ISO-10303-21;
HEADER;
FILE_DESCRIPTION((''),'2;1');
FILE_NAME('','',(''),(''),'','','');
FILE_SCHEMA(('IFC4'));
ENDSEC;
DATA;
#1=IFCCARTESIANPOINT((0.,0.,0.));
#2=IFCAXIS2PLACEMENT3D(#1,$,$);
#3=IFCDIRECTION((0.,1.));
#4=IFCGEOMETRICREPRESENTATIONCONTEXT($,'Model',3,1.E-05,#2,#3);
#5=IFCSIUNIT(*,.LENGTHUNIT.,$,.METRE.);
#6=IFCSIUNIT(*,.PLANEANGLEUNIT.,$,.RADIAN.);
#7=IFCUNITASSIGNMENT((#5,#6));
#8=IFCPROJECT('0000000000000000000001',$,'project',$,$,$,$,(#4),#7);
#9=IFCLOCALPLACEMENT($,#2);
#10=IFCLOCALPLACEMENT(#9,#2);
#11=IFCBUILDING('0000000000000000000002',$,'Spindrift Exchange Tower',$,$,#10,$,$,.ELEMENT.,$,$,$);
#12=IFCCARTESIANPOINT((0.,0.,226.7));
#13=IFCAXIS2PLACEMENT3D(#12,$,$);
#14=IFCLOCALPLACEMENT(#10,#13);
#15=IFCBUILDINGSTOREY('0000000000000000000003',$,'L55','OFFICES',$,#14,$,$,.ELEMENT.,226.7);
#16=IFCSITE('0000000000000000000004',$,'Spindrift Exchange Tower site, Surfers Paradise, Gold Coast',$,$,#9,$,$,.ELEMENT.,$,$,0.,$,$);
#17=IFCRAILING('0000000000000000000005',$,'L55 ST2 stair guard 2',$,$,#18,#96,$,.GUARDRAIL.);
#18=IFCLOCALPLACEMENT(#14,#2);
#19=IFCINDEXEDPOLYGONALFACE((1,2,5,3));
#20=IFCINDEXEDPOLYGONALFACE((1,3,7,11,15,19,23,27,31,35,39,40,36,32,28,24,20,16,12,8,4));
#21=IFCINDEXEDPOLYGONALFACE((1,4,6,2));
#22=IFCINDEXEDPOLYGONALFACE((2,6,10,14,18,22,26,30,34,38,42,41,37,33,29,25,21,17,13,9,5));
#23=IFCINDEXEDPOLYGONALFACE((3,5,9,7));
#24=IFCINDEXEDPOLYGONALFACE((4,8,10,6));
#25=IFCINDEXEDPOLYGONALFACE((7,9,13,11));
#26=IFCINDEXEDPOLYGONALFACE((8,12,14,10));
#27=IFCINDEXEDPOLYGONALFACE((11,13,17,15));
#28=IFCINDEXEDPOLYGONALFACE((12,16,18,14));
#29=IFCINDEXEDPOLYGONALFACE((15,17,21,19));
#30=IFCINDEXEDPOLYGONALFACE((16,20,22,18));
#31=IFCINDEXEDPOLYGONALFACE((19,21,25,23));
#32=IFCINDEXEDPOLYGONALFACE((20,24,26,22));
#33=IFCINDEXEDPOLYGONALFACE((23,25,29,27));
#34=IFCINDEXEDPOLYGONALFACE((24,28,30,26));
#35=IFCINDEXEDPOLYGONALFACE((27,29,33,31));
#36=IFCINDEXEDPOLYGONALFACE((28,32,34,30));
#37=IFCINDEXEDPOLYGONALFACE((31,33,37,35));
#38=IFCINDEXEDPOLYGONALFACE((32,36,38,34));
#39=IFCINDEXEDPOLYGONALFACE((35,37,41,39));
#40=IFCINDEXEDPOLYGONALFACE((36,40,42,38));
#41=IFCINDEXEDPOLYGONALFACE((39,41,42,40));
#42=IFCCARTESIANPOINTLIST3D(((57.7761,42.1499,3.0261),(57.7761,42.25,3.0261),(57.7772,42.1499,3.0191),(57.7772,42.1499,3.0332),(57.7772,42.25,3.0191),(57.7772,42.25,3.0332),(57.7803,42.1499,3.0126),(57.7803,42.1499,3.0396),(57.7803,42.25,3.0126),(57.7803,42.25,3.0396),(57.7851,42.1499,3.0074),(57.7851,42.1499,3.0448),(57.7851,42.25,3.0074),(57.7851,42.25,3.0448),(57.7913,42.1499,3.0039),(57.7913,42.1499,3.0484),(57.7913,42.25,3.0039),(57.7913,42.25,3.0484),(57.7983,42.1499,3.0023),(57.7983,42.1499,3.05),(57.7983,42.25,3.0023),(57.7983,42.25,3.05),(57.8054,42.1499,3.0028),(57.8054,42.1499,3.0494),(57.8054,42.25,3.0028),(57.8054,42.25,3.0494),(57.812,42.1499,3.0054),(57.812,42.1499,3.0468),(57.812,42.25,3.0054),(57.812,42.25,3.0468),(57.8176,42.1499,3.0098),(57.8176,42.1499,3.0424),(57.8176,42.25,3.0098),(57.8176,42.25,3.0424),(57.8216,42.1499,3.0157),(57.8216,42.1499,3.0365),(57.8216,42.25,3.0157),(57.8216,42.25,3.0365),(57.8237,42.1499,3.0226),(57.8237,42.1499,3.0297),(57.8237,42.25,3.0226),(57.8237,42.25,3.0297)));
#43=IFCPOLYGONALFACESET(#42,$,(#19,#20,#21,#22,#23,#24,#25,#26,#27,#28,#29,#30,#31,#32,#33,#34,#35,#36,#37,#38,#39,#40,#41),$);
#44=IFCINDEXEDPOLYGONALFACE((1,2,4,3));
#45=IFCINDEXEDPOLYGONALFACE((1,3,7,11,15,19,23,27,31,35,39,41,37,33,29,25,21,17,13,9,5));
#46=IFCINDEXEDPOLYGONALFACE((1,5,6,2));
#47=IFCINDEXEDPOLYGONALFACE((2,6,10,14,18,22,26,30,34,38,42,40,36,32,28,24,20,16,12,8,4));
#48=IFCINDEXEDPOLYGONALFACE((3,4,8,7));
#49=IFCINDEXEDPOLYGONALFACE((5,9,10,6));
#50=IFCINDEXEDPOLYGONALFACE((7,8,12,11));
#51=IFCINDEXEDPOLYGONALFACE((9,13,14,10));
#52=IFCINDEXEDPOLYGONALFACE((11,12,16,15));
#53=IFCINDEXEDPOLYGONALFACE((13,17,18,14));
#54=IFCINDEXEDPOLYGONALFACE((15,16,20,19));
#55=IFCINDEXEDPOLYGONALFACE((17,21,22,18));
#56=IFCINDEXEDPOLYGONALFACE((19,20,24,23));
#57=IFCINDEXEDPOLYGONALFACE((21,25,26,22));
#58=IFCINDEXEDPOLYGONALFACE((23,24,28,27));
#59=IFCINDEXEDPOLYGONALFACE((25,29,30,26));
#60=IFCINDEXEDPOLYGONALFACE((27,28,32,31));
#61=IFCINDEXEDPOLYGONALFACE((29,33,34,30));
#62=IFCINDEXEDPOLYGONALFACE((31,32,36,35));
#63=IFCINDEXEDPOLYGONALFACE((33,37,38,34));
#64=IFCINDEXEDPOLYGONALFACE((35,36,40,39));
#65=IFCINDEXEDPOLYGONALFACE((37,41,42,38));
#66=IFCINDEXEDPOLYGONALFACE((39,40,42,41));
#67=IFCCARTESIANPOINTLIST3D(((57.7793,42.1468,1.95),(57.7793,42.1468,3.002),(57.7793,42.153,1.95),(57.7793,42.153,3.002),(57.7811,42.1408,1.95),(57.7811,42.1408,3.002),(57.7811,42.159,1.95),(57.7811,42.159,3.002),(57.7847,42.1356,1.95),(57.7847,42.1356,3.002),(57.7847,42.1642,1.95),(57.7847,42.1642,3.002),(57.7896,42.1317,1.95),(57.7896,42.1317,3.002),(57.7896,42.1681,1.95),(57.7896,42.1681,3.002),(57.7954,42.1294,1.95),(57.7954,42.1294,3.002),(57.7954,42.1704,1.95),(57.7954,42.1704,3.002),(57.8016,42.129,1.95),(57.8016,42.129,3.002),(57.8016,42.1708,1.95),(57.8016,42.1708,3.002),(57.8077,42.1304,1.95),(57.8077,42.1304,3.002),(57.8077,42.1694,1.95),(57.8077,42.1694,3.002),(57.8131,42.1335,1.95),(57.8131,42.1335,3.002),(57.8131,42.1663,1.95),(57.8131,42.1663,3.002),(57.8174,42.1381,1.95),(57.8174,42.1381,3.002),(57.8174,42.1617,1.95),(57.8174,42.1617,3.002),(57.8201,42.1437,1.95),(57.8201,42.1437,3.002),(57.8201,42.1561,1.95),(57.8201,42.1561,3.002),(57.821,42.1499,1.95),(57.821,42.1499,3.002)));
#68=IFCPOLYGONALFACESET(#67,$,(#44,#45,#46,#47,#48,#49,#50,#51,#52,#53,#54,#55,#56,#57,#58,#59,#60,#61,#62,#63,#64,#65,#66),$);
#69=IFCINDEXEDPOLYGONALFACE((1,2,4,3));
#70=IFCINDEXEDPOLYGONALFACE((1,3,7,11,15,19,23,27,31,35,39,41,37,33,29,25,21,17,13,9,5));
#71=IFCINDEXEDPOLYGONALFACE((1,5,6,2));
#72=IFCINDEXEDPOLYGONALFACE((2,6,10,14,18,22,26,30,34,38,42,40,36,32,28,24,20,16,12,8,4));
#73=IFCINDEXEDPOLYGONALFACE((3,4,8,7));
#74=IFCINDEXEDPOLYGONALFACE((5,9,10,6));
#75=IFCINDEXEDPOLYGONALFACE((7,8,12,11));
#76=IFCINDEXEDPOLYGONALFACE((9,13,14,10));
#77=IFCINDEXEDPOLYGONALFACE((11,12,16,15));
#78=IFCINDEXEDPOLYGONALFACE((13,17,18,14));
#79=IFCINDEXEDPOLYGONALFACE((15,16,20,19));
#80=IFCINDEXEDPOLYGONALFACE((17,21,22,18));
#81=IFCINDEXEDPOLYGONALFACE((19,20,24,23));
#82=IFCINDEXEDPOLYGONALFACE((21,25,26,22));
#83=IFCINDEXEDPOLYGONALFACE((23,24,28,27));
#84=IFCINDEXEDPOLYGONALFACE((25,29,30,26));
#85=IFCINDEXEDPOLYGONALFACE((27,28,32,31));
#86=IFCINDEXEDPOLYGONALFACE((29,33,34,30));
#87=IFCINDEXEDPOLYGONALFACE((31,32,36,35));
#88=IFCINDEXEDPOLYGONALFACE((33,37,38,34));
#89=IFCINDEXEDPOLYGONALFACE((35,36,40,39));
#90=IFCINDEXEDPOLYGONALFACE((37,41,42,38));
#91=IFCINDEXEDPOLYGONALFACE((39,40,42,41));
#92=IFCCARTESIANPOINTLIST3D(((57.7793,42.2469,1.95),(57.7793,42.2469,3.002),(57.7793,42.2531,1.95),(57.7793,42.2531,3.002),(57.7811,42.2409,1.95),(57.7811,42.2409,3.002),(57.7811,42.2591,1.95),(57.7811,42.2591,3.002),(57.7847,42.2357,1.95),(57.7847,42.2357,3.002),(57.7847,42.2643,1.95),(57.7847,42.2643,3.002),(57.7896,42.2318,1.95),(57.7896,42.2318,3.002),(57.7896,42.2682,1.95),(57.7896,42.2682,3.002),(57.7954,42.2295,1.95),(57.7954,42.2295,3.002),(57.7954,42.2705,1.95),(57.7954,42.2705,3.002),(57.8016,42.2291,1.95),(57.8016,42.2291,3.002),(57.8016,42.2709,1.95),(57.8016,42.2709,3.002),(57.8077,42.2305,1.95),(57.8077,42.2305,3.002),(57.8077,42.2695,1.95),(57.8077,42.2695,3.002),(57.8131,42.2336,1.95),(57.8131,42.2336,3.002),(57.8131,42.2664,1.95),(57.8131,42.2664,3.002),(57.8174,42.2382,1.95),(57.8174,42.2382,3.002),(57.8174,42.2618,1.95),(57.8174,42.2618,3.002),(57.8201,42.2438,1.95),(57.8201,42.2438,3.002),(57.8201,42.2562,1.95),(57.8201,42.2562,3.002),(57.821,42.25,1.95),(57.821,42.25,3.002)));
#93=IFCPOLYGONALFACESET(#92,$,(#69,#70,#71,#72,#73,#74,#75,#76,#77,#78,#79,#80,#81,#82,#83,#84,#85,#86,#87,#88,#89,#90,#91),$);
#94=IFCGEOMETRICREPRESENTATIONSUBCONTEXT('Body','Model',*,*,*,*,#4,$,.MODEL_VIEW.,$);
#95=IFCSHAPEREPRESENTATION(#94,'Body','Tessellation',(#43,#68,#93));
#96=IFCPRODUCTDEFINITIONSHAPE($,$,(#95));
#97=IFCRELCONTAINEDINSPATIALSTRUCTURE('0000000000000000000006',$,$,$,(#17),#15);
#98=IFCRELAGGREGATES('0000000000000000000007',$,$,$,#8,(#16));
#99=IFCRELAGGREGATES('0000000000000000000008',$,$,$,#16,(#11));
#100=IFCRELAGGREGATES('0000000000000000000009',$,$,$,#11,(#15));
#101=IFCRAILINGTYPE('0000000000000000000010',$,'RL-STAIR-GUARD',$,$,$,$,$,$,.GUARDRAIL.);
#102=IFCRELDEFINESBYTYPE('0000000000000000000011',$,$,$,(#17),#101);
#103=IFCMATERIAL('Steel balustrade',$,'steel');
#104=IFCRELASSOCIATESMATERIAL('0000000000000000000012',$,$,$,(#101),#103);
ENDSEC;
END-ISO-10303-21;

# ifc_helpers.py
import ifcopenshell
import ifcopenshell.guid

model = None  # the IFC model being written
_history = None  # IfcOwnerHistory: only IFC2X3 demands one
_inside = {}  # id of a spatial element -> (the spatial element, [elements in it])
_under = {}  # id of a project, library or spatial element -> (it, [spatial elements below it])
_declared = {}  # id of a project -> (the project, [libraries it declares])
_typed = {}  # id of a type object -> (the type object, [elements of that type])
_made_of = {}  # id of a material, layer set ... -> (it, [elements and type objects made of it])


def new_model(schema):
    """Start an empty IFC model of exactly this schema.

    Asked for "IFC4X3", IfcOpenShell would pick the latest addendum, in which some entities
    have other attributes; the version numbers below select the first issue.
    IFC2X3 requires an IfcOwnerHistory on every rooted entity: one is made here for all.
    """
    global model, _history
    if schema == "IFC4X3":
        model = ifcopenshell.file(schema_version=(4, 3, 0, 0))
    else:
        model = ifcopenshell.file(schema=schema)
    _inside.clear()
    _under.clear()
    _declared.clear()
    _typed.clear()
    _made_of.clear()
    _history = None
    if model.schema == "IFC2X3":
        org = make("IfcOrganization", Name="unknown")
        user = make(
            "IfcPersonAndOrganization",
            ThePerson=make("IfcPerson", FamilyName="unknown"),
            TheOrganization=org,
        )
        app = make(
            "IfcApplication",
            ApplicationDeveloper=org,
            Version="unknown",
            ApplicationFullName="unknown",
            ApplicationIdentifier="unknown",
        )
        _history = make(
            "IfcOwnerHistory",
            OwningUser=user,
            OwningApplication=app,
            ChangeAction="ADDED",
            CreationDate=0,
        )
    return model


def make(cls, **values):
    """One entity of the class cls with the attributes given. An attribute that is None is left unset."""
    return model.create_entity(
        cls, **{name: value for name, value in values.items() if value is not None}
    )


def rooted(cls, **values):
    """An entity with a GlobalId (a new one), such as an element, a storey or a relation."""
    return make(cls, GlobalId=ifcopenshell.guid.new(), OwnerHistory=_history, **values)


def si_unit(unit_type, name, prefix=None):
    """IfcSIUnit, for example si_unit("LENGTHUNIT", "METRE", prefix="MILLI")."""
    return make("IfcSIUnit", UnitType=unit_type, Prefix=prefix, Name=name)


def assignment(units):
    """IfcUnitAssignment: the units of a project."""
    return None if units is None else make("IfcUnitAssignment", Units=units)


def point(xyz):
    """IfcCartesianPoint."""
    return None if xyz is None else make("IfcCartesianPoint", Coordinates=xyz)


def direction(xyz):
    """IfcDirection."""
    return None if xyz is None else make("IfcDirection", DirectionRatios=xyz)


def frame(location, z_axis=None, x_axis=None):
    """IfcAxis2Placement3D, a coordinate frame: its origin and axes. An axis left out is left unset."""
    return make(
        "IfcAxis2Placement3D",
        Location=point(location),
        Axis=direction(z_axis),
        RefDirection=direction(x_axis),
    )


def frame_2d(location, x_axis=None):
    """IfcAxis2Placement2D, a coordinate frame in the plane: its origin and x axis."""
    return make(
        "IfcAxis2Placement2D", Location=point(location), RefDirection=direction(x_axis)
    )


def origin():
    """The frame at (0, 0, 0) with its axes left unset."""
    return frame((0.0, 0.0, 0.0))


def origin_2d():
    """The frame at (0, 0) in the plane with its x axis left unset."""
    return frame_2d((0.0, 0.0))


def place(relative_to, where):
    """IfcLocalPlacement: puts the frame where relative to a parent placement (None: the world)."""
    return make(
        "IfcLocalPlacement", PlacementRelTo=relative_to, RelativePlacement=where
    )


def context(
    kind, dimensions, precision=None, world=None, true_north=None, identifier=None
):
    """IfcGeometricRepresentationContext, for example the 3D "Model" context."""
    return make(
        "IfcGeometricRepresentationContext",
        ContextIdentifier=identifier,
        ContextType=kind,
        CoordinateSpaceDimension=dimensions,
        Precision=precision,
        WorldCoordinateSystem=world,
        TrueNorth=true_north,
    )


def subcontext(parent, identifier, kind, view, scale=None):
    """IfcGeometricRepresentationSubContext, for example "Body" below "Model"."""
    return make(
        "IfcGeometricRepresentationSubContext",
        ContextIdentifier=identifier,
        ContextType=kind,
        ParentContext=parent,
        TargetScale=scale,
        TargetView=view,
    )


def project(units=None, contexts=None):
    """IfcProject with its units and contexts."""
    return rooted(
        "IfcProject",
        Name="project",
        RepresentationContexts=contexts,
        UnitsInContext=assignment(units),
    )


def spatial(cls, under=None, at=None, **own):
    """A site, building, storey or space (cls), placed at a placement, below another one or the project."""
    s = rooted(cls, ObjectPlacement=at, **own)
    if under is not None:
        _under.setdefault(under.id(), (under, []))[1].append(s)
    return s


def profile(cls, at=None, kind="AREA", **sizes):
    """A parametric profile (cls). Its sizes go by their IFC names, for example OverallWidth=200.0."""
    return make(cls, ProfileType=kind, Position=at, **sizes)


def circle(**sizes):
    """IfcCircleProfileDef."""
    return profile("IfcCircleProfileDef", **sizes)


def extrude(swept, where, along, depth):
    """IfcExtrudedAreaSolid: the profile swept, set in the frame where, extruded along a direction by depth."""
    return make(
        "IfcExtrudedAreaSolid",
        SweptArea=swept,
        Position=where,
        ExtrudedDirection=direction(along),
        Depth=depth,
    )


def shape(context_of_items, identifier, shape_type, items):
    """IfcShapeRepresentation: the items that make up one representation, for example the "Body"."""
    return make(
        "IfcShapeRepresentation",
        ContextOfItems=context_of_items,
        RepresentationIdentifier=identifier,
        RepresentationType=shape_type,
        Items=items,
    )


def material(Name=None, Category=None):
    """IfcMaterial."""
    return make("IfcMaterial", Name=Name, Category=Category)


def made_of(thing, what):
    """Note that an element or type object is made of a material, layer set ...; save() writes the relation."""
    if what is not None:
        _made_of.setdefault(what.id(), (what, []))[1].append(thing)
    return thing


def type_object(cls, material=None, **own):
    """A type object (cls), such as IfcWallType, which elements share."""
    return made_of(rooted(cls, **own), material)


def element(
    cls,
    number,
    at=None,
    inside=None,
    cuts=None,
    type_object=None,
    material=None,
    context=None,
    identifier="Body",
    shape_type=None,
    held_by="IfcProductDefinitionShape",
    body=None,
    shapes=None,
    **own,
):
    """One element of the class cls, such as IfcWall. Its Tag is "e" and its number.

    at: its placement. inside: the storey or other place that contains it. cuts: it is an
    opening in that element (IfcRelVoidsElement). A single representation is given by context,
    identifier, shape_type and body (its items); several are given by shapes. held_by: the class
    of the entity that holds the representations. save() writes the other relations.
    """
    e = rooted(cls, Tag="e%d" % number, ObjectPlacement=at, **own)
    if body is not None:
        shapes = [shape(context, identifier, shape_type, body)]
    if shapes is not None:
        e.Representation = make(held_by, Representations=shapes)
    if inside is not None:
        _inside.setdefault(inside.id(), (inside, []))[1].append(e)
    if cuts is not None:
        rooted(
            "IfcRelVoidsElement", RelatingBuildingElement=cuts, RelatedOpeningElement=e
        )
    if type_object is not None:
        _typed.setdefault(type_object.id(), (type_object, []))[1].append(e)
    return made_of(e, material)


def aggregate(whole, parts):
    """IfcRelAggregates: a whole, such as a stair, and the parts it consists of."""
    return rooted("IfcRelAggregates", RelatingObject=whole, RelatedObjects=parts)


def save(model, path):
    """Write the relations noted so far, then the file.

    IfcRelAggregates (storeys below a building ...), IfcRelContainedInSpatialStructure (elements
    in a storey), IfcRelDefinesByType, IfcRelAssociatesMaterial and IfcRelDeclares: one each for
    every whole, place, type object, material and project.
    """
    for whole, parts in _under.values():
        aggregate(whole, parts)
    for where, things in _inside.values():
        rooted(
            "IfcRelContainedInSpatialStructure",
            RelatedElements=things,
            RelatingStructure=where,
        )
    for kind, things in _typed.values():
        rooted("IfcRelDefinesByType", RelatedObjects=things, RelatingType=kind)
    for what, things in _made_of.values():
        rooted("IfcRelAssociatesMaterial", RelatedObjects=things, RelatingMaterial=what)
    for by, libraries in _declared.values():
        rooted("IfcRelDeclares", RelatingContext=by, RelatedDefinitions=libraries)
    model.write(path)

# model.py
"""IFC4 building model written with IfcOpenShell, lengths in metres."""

from ifc_helpers import new_model, si_unit, direction, frame, origin, origin_2d, place, context, subcontext, project, spatial, circle, extrude, material, type_object, element, save


model = new_model("IFC4")

# Units and contexts
model_context = context("Model", 3, precision=1e-05, world=origin(), true_north=direction((0.0, 1.0)))
body_context = subcontext(model_context, "Body", "Model", "MODEL_VIEW")
ifc_project = project(units=[si_unit("LENGTHUNIT", "METRE"), si_unit("PLANEANGLEUNIT", "RADIAN")], contexts=[model_context])

# Site, building, storey
site_placement = place(None, origin())
site = spatial("IfcSite", under=ifc_project, at=site_placement, Name="Spindrift Exchange Tower site, Surfers Paradise, Gold Coast", CompositionType="ELEMENT", RefElevation=0.0)
building_placement = place(site_placement, origin())
building = spatial("IfcBuilding", under=site, at=building_placement, Name="Spindrift Exchange Tower", CompositionType="ELEMENT")
storey_placement = place(building_placement, frame((0.0, 0.0, 226.7)))
storey = spatial("IfcBuildingStorey", under=building, at=storey_placement, Name="L55", Description="OFFICES", CompositionType="ELEMENT", Elevation=226.7)

# Railing
ifc_material_1 = material(Name="Steel balustrade", Category="steel")
railing_type_1 = type_object("IfcRailingType", Name="RL-STAIR-GUARD", PredefinedType="GUARDRAIL", material=ifc_material_1)
railing_1_placement = place(storey_placement, frame((57.8, 42.1499, 1.95)))
element("IfcRailing", 1, at=railing_1_placement, inside=storey, type_object=railing_type_1, Name="L55 ST2 stair guard 2", PredefinedType="GUARDRAIL", context=body_context, shape_type="SweptSolid", body=[
    extrude(circle(Radius=0.0239, at=origin_2d()), frame((0.0, 0.0, 1.0762), z_axis=(0.0, 1.0, 0.0), x_axis=(-1.0, 0.0, 0.0)), (0.0, 0.0, 1.0), 0.1001),
    extrude(circle(Radius=0.021, at=origin_2d()), origin(), (0.0, 0.0, 1.0), 1.052),
    extrude(circle(Radius=0.021, at=origin_2d()), frame((0.0, 0.1001, 0.0)), (0.0, 0.0, 1.0), 1.052),
])

save(model, "model.ifc")
